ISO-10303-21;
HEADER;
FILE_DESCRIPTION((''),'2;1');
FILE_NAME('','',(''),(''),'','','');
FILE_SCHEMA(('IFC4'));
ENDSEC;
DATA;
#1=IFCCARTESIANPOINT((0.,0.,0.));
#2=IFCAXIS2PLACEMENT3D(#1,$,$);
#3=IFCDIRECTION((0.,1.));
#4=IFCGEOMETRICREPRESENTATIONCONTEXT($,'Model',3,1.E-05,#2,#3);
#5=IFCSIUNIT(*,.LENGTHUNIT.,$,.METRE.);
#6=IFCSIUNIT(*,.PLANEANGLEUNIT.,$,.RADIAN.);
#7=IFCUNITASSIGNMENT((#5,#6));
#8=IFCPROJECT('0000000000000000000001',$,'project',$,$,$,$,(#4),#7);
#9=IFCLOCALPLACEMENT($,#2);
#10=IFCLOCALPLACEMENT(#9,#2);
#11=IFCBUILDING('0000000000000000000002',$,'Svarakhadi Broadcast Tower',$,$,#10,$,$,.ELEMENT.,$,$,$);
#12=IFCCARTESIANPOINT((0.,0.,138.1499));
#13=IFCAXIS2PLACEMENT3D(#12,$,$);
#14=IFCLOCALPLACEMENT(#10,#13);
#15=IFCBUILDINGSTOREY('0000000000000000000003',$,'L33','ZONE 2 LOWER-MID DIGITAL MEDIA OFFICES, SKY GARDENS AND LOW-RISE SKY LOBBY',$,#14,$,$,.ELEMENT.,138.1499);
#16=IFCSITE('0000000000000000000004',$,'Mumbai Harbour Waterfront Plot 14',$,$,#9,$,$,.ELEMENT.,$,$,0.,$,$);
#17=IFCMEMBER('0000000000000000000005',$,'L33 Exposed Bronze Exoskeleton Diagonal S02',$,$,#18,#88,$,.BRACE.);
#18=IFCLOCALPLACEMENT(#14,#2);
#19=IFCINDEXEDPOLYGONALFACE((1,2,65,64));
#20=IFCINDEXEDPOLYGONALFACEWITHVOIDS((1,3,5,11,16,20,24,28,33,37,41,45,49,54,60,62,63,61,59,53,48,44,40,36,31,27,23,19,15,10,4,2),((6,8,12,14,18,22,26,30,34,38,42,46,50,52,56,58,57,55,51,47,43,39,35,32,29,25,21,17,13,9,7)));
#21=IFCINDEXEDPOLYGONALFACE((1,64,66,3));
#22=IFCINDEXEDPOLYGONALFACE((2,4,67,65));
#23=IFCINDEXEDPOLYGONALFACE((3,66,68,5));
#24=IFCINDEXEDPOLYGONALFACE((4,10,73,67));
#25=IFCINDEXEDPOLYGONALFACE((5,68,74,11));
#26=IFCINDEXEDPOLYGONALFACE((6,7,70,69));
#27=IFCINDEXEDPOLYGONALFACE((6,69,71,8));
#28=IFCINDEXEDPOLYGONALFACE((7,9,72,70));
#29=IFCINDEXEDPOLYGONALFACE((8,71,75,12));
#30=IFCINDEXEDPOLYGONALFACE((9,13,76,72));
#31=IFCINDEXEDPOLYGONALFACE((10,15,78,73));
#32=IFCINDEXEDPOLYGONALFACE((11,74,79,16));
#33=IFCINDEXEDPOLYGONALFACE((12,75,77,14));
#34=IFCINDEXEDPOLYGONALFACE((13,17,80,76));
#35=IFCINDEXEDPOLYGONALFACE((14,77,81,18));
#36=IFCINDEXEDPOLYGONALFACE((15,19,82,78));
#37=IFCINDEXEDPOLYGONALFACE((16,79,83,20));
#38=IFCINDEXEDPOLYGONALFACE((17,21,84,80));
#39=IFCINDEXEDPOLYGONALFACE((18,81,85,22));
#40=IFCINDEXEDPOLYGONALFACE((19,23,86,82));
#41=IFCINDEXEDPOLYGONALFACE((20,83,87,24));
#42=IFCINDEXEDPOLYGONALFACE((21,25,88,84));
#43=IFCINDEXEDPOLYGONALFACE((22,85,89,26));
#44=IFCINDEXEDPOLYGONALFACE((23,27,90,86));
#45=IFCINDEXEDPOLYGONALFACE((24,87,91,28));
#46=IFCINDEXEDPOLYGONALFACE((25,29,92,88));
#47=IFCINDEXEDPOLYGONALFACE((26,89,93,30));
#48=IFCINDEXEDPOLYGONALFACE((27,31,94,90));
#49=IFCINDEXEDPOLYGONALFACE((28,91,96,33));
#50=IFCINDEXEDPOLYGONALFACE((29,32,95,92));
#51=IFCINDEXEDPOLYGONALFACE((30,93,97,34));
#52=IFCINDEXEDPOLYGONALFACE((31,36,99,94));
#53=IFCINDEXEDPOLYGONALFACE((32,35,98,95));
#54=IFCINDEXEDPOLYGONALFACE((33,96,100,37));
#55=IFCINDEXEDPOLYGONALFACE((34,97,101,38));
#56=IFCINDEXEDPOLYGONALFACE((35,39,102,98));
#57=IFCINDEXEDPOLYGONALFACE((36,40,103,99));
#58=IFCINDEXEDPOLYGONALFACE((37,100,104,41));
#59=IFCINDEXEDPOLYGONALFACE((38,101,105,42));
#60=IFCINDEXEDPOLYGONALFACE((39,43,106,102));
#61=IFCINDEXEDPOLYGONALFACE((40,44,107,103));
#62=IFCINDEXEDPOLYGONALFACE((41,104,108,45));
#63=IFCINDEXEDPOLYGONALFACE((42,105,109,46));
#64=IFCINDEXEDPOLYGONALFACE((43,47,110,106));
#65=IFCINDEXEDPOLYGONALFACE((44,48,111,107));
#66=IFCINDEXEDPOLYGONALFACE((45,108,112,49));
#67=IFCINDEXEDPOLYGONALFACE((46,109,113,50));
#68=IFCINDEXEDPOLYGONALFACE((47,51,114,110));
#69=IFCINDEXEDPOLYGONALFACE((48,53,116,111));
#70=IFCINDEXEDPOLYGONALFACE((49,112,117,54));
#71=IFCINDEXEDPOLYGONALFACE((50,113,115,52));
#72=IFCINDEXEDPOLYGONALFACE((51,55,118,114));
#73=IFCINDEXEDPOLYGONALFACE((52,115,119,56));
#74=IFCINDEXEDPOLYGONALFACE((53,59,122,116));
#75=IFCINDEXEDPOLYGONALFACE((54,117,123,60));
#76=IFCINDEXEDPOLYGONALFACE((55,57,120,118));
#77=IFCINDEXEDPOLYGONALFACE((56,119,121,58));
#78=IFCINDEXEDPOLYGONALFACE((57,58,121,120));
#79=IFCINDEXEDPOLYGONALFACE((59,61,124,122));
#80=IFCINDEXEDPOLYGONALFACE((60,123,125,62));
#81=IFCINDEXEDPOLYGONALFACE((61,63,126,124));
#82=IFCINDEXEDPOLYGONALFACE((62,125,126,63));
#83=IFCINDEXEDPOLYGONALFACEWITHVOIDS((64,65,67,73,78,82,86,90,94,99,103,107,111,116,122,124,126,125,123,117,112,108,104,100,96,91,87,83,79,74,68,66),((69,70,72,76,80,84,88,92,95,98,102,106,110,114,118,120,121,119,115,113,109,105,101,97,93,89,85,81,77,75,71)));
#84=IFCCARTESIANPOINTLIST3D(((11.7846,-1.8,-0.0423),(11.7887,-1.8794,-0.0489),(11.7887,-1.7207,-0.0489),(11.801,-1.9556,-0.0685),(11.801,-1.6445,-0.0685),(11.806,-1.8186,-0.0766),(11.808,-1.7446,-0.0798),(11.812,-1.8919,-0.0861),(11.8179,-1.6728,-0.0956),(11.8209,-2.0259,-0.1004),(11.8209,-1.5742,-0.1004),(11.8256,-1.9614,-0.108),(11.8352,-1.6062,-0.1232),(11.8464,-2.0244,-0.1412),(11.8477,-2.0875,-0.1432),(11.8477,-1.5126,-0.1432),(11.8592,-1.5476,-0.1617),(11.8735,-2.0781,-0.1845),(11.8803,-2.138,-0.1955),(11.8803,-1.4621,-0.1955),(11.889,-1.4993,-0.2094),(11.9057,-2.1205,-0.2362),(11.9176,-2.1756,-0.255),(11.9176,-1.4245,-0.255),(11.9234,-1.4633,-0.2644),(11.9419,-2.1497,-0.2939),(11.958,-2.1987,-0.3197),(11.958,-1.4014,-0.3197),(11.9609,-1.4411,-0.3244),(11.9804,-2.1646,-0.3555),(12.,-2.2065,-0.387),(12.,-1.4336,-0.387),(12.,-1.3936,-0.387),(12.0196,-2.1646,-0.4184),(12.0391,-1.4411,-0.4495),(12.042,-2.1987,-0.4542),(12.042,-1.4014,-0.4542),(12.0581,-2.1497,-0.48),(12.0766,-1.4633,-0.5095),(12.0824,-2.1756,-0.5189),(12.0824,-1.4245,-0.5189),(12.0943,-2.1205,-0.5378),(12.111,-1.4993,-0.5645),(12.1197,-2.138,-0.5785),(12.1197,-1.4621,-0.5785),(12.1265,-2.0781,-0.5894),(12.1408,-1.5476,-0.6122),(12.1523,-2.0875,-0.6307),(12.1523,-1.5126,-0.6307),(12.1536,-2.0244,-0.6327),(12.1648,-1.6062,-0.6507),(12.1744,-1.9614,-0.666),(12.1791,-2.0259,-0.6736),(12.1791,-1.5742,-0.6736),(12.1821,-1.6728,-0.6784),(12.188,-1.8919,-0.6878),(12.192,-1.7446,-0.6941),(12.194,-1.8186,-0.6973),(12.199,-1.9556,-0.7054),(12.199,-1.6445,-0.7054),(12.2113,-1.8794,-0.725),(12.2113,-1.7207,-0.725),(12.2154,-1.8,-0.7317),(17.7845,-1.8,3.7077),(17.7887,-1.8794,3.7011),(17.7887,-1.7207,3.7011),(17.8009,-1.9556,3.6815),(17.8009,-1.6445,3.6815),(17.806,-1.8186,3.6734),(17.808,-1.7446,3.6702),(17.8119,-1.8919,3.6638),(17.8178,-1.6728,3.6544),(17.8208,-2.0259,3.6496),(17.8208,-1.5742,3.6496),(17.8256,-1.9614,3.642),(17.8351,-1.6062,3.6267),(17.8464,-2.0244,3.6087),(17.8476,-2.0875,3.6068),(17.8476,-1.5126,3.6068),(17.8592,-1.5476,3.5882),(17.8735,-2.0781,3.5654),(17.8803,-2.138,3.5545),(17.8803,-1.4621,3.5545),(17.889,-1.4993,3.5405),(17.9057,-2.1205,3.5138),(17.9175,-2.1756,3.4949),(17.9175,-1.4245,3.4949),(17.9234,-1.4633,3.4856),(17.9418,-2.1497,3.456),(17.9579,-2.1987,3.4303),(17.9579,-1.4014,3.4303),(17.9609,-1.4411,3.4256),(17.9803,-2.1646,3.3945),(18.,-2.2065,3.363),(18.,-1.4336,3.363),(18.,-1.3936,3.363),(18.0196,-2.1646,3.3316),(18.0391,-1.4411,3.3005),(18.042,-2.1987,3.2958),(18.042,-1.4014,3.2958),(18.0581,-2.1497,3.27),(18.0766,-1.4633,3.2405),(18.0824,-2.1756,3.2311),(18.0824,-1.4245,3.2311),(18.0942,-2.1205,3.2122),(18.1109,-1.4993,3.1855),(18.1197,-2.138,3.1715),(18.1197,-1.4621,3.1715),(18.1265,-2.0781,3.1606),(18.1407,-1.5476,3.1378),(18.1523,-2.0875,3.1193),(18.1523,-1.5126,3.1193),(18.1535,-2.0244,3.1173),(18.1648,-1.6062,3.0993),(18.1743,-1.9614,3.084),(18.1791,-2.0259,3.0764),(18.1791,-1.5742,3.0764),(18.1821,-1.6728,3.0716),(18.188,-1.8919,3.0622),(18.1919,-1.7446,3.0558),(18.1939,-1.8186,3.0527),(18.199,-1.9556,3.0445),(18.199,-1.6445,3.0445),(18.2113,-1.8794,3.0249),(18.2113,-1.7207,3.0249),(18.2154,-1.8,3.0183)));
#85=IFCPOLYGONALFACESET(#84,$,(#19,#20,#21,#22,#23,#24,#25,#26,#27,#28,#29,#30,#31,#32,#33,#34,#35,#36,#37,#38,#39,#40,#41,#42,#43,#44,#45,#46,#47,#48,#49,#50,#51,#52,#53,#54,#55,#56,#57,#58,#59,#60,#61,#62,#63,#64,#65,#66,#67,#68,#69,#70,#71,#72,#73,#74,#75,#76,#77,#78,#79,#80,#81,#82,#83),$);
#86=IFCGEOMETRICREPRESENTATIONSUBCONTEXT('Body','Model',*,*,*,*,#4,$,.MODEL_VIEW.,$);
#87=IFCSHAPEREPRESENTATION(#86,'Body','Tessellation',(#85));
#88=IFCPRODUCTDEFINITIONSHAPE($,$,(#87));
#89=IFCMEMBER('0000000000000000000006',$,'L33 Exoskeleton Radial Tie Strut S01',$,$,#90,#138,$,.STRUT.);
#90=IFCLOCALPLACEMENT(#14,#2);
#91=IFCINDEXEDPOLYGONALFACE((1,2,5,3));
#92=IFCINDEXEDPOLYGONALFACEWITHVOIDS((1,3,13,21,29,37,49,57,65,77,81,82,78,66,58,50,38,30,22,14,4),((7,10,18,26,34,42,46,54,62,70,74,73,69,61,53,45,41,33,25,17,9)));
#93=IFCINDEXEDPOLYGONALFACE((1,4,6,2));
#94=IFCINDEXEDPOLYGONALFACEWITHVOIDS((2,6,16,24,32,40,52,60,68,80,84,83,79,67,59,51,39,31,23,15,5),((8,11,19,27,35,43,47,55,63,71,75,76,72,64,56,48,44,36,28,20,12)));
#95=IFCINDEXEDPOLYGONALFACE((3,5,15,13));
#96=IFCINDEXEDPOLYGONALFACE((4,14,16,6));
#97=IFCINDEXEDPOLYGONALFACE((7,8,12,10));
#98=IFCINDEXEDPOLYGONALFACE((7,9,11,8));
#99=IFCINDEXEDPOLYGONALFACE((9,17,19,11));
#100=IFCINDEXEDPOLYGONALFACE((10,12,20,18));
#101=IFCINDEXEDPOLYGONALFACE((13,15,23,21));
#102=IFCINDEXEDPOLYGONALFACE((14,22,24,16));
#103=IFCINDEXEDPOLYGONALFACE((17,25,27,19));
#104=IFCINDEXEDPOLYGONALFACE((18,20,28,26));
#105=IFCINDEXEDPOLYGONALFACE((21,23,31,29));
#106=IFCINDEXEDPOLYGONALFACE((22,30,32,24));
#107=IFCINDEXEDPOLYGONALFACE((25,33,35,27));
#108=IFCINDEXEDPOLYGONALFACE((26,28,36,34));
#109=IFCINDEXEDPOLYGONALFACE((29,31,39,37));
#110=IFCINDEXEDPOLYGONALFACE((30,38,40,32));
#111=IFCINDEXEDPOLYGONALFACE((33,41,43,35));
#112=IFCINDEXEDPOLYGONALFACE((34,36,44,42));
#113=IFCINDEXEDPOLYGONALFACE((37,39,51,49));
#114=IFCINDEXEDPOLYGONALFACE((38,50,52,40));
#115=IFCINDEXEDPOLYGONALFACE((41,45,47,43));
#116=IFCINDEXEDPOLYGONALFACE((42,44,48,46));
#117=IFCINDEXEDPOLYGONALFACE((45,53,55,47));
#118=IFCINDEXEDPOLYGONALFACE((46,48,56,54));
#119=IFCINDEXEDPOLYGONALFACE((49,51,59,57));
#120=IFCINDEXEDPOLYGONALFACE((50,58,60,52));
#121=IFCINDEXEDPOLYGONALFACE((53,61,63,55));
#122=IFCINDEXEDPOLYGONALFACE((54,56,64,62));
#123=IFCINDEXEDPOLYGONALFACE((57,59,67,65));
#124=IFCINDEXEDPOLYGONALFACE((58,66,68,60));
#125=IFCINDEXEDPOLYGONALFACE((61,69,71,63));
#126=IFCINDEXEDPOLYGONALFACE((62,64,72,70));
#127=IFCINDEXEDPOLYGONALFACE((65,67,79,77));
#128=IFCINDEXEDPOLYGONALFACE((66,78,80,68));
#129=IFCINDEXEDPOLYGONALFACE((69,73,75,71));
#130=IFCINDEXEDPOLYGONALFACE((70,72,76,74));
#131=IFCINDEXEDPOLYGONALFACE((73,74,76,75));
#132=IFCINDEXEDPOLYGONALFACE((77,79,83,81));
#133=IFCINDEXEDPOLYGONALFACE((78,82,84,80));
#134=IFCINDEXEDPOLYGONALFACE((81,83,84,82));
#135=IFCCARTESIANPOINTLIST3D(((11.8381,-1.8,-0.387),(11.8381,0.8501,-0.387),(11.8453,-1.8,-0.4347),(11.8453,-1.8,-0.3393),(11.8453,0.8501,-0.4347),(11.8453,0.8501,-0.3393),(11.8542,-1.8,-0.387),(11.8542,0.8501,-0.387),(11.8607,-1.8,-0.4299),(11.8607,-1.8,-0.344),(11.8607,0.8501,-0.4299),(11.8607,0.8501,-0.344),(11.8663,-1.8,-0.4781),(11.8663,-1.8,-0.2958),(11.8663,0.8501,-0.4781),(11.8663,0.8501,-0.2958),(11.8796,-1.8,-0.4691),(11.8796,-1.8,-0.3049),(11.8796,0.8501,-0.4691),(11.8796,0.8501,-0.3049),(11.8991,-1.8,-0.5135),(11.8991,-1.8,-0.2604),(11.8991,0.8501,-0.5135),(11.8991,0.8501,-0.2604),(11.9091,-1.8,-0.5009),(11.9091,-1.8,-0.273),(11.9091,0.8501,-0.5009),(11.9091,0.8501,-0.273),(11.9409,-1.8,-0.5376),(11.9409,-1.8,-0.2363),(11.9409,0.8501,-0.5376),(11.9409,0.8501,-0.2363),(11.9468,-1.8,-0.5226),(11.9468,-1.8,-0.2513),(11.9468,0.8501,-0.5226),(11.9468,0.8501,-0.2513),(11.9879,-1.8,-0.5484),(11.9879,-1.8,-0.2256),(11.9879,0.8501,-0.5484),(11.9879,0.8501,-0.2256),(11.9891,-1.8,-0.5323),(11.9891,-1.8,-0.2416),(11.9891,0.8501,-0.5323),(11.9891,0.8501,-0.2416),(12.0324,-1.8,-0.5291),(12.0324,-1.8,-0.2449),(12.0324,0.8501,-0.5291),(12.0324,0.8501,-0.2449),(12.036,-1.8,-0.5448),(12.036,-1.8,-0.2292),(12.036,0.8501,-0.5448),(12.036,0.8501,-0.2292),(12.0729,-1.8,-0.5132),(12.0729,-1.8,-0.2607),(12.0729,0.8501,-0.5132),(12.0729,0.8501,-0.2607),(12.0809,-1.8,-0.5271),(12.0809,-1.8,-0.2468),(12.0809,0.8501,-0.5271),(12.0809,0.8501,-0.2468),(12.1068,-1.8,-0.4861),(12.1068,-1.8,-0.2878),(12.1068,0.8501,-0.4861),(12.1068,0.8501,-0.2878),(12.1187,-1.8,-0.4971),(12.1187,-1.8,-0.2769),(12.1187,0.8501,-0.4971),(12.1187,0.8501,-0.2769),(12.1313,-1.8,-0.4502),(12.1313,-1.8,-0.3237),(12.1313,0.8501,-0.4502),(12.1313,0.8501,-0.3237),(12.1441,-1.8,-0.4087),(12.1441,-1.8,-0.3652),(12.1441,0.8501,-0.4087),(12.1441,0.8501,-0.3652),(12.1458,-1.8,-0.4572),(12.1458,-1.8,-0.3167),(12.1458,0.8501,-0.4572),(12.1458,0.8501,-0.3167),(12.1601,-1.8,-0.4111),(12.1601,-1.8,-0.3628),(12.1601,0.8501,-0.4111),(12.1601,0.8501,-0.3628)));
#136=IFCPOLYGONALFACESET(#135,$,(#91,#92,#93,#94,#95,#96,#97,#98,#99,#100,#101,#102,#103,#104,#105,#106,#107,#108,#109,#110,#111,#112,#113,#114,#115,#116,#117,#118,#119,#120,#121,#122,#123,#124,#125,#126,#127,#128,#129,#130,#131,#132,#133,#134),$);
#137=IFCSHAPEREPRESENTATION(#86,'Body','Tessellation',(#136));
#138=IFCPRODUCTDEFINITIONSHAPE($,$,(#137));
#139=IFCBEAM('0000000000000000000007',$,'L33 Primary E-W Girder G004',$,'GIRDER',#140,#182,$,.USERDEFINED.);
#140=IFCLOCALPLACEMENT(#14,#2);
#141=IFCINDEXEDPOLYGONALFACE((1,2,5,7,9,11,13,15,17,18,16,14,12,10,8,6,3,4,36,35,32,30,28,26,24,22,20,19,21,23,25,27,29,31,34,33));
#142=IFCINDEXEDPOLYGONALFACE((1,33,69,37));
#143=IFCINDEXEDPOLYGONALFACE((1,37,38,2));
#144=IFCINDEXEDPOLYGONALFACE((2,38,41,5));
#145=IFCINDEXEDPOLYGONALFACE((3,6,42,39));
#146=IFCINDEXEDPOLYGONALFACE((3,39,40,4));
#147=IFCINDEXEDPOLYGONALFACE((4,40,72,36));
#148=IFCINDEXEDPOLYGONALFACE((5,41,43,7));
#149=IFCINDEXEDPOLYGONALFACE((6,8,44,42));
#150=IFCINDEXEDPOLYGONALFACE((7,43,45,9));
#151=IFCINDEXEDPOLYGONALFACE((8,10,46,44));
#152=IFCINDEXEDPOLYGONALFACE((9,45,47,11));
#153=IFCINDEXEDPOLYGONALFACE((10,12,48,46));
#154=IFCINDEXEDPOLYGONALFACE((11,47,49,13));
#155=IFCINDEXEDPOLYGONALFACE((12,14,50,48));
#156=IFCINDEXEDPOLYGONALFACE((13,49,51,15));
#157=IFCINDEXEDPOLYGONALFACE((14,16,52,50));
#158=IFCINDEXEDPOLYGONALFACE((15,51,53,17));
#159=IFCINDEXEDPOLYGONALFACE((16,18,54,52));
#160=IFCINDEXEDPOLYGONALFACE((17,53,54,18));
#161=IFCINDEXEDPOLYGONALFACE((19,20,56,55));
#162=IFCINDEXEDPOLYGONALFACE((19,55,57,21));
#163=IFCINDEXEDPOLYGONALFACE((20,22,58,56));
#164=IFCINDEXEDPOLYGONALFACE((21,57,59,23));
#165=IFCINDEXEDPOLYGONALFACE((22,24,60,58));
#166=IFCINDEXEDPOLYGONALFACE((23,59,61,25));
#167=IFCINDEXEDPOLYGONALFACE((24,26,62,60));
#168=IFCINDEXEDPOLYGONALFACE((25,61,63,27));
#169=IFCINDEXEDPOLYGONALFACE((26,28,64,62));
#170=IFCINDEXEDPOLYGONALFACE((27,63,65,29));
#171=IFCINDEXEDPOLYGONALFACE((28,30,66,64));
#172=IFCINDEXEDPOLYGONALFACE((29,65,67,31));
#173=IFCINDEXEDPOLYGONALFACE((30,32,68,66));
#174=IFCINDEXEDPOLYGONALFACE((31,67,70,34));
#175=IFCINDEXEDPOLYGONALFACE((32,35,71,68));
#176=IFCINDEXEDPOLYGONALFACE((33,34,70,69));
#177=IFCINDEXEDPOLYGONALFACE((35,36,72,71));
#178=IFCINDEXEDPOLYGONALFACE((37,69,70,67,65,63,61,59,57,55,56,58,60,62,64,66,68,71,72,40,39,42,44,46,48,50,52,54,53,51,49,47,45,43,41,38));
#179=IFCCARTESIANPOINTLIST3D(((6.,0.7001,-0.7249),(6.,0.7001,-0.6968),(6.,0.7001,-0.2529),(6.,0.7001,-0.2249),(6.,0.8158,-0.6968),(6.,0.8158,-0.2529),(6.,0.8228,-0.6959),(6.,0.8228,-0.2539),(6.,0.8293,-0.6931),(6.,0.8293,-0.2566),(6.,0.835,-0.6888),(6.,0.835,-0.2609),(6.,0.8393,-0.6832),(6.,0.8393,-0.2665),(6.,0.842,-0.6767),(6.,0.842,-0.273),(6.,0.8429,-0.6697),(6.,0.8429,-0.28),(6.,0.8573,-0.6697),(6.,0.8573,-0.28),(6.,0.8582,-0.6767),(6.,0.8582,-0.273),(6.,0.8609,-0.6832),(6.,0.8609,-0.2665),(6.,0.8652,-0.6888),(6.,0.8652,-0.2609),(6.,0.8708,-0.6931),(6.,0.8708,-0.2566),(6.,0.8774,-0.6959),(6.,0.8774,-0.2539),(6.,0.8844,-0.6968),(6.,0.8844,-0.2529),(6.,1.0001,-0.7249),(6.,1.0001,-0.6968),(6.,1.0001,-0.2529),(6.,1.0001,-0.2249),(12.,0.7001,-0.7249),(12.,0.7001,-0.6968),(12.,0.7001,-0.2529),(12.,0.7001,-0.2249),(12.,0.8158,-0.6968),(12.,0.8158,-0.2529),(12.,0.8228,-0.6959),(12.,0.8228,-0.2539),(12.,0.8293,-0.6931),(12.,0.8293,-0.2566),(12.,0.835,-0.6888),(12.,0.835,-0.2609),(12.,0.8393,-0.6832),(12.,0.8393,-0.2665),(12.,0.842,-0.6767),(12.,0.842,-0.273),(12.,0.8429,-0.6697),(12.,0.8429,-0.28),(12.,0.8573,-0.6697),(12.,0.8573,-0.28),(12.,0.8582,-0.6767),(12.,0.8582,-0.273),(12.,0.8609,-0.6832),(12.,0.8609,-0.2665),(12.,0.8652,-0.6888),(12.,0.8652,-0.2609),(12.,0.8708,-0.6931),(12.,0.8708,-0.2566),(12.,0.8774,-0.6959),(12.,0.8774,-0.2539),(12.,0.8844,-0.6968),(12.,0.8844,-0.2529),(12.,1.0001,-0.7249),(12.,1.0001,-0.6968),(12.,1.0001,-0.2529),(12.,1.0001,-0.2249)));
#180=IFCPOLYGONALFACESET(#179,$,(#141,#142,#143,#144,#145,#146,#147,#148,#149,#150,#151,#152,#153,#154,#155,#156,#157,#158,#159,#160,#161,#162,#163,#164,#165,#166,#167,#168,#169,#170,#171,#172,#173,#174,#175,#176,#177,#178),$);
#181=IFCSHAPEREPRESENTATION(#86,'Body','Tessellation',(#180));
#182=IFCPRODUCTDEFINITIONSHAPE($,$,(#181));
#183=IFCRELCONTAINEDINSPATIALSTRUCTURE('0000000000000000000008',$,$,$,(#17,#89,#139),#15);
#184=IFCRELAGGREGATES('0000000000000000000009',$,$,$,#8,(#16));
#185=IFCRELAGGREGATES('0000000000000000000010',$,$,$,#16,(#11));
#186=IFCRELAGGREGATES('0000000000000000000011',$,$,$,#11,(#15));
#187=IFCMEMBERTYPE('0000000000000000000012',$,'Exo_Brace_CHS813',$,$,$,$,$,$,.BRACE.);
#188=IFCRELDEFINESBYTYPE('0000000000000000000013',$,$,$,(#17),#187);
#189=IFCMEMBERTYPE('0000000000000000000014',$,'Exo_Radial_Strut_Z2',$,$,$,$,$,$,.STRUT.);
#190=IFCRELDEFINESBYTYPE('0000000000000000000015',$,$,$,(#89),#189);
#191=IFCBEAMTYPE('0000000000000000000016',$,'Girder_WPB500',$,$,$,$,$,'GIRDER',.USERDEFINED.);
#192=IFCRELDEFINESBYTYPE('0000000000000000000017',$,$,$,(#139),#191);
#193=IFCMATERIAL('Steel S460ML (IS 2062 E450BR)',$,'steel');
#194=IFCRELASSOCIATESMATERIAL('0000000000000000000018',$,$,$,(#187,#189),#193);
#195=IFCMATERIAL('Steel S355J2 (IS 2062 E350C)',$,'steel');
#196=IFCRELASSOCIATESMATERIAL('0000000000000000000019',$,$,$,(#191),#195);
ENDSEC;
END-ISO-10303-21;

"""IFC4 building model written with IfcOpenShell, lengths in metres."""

from ifc_helpers import new_model, si_unit, direction, frame, origin, origin_2d, place, context, subcontext, project, spatial, hollow_circle, i_section, extrude, material, material_profile, profile_set, type_object, element, save


model = new_model("IFC4")

# Units and contexts
model_context = context("Model", 3, precision=1e-05, world=origin(), true_north=direction((0.0, 1.0)))
body_context = subcontext(model_context, "Body", "Model", "MODEL_VIEW")
ifc_project = project(units=[si_unit("LENGTHUNIT", "METRE"), si_unit("PLANEANGLEUNIT", "RADIAN")], contexts=[model_context])

# Site, building, storey
site_placement = place(None, origin())
site = spatial("IfcSite", under=ifc_project, at=site_placement, Name="Mumbai Harbour Waterfront Plot 14", CompositionType="ELEMENT", RefElevation=0.0)
building_placement = place(site_placement, origin())
building = spatial("IfcBuilding", under=site, at=building_placement, Name="Svarakhadi Broadcast Tower", CompositionType="ELEMENT")
storey_placement = place(building_placement, frame((0.0, 0.0, 138.1499)))
storey = spatial("IfcBuildingStorey", under=building, at=storey_placement, Name="L33", Description="ZONE 2 LOWER-MID DIGITAL MEDIA OFFICES, SKY GARDENS AND LOW-RISE SKY LOBBY", CompositionType="ELEMENT", Elevation=138.1499)

# Shared definitions
ifc_material_1 = material(Name="Steel S460ML (IS 2062 E450BR)", Category="steel")

# Shared definitions
ifc_material_2 = material(Name="Steel S355J2 (IS 2062 E350C)", Category="steel")

# Members
ifc_material_profile_1 = material_profile(ifc_material_1, hollow_circle(Radius=0.4065, WallThickness=0.04, at=origin_2d()), Name="CHS 813x40")
ifc_profile_set_1 = profile_set([ifc_material_profile_1], Name="Steel S460ML (IS 2062 E450BR)")
member_type_1 = type_object("IfcMemberType", Name="Exo_Brace_CHS813", PredefinedType="BRACE", material=ifc_profile_set_1)
for number, where, z_axis, x_axis, name in (
    (1, (12.0, -1.8, -0.387), (0.847998, 0.0, 0.529999), (0.0, 1.0, 0.0), "L33 Exposed Bronze Exoskeleton Diagonal S02"),
):
    element("IfcMember", number, at=place(storey_placement, frame(where, z_axis=z_axis, x_axis=x_axis)), inside=storey, type_object=member_type_1, Name=name, PredefinedType="BRACE", context=body_context, shape_type="SweptSolid", body=[
        extrude(hollow_circle(Radius=0.4065, WallThickness=0.04, at=origin_2d()), origin(), (0.0, 0.0, 1.0), 7.0754),
    ])
ifc_material_profile_2 = material_profile(ifc_material_1, hollow_circle(Radius=0.1619, WallThickness=0.0161, at=origin_2d()), Name="CHS 323.9x16")
ifc_profile_set_2 = profile_set([ifc_material_profile_2], Name="Steel S460ML (IS 2062 E450BR)")
member_type_2 = type_object("IfcMemberType", Name="Exo_Radial_Strut_Z2", PredefinedType="STRUT", material=ifc_profile_set_2)
member_1_placement = place(storey_placement, frame((12.0, -1.8, -0.387), z_axis=(0.0, 1.0, 0.0), x_axis=(-1.0, 0.0, 0.0)))
element("IfcMember", 2, at=member_1_placement, inside=storey, type_object=member_type_2, Name="L33 Exoskeleton Radial Tie Strut S01", PredefinedType="STRUT", context=body_context, shape_type="SweptSolid", body=[
    extrude(hollow_circle(Radius=0.1619, WallThickness=0.0161, at=origin_2d()), origin(), (0.0, 0.0, 1.0), 2.6501),
])

# Beam
ifc_material_profile_3 = material_profile(ifc_material_2, i_section(OverallWidth=0.3, OverallDepth=0.5, WebThickness=0.0144, FlangeThickness=0.0281, FilletRadius=0.0271, at=origin_2d()), Name="WPB 500x300x187")
ifc_profile_set_3 = profile_set([ifc_material_profile_3], Name="Steel S355J2 (IS 2062 E350C)")
beam_type_1 = type_object("IfcBeamType", Name="Girder_WPB500", ElementType="GIRDER", PredefinedType="USERDEFINED", material=ifc_profile_set_3)
for number, where, z_axis, x_axis, name in (
    (3, (6.0, 0.8501, -0.4749), (1.0, 0.0, 0.0), (0.0, 1.0, 0.0), "L33 Primary E-W Girder G004"),
):
    element("IfcBeam", number, at=place(storey_placement, frame(where, z_axis=z_axis, x_axis=x_axis)), inside=storey, type_object=beam_type_1, Name=name, ObjectType="GIRDER", PredefinedType="USERDEFINED", context=body_context, shape_type="SweptSolid", body=[
        extrude(i_section(OverallWidth=0.3, OverallDepth=0.5, WebThickness=0.0144, FlangeThickness=0.0281, FilletRadius=0.0271, at=origin_2d()), origin(), (0.0, 0.0, 1.0), 6.0),
    ])

save(model, "model.ifc")
